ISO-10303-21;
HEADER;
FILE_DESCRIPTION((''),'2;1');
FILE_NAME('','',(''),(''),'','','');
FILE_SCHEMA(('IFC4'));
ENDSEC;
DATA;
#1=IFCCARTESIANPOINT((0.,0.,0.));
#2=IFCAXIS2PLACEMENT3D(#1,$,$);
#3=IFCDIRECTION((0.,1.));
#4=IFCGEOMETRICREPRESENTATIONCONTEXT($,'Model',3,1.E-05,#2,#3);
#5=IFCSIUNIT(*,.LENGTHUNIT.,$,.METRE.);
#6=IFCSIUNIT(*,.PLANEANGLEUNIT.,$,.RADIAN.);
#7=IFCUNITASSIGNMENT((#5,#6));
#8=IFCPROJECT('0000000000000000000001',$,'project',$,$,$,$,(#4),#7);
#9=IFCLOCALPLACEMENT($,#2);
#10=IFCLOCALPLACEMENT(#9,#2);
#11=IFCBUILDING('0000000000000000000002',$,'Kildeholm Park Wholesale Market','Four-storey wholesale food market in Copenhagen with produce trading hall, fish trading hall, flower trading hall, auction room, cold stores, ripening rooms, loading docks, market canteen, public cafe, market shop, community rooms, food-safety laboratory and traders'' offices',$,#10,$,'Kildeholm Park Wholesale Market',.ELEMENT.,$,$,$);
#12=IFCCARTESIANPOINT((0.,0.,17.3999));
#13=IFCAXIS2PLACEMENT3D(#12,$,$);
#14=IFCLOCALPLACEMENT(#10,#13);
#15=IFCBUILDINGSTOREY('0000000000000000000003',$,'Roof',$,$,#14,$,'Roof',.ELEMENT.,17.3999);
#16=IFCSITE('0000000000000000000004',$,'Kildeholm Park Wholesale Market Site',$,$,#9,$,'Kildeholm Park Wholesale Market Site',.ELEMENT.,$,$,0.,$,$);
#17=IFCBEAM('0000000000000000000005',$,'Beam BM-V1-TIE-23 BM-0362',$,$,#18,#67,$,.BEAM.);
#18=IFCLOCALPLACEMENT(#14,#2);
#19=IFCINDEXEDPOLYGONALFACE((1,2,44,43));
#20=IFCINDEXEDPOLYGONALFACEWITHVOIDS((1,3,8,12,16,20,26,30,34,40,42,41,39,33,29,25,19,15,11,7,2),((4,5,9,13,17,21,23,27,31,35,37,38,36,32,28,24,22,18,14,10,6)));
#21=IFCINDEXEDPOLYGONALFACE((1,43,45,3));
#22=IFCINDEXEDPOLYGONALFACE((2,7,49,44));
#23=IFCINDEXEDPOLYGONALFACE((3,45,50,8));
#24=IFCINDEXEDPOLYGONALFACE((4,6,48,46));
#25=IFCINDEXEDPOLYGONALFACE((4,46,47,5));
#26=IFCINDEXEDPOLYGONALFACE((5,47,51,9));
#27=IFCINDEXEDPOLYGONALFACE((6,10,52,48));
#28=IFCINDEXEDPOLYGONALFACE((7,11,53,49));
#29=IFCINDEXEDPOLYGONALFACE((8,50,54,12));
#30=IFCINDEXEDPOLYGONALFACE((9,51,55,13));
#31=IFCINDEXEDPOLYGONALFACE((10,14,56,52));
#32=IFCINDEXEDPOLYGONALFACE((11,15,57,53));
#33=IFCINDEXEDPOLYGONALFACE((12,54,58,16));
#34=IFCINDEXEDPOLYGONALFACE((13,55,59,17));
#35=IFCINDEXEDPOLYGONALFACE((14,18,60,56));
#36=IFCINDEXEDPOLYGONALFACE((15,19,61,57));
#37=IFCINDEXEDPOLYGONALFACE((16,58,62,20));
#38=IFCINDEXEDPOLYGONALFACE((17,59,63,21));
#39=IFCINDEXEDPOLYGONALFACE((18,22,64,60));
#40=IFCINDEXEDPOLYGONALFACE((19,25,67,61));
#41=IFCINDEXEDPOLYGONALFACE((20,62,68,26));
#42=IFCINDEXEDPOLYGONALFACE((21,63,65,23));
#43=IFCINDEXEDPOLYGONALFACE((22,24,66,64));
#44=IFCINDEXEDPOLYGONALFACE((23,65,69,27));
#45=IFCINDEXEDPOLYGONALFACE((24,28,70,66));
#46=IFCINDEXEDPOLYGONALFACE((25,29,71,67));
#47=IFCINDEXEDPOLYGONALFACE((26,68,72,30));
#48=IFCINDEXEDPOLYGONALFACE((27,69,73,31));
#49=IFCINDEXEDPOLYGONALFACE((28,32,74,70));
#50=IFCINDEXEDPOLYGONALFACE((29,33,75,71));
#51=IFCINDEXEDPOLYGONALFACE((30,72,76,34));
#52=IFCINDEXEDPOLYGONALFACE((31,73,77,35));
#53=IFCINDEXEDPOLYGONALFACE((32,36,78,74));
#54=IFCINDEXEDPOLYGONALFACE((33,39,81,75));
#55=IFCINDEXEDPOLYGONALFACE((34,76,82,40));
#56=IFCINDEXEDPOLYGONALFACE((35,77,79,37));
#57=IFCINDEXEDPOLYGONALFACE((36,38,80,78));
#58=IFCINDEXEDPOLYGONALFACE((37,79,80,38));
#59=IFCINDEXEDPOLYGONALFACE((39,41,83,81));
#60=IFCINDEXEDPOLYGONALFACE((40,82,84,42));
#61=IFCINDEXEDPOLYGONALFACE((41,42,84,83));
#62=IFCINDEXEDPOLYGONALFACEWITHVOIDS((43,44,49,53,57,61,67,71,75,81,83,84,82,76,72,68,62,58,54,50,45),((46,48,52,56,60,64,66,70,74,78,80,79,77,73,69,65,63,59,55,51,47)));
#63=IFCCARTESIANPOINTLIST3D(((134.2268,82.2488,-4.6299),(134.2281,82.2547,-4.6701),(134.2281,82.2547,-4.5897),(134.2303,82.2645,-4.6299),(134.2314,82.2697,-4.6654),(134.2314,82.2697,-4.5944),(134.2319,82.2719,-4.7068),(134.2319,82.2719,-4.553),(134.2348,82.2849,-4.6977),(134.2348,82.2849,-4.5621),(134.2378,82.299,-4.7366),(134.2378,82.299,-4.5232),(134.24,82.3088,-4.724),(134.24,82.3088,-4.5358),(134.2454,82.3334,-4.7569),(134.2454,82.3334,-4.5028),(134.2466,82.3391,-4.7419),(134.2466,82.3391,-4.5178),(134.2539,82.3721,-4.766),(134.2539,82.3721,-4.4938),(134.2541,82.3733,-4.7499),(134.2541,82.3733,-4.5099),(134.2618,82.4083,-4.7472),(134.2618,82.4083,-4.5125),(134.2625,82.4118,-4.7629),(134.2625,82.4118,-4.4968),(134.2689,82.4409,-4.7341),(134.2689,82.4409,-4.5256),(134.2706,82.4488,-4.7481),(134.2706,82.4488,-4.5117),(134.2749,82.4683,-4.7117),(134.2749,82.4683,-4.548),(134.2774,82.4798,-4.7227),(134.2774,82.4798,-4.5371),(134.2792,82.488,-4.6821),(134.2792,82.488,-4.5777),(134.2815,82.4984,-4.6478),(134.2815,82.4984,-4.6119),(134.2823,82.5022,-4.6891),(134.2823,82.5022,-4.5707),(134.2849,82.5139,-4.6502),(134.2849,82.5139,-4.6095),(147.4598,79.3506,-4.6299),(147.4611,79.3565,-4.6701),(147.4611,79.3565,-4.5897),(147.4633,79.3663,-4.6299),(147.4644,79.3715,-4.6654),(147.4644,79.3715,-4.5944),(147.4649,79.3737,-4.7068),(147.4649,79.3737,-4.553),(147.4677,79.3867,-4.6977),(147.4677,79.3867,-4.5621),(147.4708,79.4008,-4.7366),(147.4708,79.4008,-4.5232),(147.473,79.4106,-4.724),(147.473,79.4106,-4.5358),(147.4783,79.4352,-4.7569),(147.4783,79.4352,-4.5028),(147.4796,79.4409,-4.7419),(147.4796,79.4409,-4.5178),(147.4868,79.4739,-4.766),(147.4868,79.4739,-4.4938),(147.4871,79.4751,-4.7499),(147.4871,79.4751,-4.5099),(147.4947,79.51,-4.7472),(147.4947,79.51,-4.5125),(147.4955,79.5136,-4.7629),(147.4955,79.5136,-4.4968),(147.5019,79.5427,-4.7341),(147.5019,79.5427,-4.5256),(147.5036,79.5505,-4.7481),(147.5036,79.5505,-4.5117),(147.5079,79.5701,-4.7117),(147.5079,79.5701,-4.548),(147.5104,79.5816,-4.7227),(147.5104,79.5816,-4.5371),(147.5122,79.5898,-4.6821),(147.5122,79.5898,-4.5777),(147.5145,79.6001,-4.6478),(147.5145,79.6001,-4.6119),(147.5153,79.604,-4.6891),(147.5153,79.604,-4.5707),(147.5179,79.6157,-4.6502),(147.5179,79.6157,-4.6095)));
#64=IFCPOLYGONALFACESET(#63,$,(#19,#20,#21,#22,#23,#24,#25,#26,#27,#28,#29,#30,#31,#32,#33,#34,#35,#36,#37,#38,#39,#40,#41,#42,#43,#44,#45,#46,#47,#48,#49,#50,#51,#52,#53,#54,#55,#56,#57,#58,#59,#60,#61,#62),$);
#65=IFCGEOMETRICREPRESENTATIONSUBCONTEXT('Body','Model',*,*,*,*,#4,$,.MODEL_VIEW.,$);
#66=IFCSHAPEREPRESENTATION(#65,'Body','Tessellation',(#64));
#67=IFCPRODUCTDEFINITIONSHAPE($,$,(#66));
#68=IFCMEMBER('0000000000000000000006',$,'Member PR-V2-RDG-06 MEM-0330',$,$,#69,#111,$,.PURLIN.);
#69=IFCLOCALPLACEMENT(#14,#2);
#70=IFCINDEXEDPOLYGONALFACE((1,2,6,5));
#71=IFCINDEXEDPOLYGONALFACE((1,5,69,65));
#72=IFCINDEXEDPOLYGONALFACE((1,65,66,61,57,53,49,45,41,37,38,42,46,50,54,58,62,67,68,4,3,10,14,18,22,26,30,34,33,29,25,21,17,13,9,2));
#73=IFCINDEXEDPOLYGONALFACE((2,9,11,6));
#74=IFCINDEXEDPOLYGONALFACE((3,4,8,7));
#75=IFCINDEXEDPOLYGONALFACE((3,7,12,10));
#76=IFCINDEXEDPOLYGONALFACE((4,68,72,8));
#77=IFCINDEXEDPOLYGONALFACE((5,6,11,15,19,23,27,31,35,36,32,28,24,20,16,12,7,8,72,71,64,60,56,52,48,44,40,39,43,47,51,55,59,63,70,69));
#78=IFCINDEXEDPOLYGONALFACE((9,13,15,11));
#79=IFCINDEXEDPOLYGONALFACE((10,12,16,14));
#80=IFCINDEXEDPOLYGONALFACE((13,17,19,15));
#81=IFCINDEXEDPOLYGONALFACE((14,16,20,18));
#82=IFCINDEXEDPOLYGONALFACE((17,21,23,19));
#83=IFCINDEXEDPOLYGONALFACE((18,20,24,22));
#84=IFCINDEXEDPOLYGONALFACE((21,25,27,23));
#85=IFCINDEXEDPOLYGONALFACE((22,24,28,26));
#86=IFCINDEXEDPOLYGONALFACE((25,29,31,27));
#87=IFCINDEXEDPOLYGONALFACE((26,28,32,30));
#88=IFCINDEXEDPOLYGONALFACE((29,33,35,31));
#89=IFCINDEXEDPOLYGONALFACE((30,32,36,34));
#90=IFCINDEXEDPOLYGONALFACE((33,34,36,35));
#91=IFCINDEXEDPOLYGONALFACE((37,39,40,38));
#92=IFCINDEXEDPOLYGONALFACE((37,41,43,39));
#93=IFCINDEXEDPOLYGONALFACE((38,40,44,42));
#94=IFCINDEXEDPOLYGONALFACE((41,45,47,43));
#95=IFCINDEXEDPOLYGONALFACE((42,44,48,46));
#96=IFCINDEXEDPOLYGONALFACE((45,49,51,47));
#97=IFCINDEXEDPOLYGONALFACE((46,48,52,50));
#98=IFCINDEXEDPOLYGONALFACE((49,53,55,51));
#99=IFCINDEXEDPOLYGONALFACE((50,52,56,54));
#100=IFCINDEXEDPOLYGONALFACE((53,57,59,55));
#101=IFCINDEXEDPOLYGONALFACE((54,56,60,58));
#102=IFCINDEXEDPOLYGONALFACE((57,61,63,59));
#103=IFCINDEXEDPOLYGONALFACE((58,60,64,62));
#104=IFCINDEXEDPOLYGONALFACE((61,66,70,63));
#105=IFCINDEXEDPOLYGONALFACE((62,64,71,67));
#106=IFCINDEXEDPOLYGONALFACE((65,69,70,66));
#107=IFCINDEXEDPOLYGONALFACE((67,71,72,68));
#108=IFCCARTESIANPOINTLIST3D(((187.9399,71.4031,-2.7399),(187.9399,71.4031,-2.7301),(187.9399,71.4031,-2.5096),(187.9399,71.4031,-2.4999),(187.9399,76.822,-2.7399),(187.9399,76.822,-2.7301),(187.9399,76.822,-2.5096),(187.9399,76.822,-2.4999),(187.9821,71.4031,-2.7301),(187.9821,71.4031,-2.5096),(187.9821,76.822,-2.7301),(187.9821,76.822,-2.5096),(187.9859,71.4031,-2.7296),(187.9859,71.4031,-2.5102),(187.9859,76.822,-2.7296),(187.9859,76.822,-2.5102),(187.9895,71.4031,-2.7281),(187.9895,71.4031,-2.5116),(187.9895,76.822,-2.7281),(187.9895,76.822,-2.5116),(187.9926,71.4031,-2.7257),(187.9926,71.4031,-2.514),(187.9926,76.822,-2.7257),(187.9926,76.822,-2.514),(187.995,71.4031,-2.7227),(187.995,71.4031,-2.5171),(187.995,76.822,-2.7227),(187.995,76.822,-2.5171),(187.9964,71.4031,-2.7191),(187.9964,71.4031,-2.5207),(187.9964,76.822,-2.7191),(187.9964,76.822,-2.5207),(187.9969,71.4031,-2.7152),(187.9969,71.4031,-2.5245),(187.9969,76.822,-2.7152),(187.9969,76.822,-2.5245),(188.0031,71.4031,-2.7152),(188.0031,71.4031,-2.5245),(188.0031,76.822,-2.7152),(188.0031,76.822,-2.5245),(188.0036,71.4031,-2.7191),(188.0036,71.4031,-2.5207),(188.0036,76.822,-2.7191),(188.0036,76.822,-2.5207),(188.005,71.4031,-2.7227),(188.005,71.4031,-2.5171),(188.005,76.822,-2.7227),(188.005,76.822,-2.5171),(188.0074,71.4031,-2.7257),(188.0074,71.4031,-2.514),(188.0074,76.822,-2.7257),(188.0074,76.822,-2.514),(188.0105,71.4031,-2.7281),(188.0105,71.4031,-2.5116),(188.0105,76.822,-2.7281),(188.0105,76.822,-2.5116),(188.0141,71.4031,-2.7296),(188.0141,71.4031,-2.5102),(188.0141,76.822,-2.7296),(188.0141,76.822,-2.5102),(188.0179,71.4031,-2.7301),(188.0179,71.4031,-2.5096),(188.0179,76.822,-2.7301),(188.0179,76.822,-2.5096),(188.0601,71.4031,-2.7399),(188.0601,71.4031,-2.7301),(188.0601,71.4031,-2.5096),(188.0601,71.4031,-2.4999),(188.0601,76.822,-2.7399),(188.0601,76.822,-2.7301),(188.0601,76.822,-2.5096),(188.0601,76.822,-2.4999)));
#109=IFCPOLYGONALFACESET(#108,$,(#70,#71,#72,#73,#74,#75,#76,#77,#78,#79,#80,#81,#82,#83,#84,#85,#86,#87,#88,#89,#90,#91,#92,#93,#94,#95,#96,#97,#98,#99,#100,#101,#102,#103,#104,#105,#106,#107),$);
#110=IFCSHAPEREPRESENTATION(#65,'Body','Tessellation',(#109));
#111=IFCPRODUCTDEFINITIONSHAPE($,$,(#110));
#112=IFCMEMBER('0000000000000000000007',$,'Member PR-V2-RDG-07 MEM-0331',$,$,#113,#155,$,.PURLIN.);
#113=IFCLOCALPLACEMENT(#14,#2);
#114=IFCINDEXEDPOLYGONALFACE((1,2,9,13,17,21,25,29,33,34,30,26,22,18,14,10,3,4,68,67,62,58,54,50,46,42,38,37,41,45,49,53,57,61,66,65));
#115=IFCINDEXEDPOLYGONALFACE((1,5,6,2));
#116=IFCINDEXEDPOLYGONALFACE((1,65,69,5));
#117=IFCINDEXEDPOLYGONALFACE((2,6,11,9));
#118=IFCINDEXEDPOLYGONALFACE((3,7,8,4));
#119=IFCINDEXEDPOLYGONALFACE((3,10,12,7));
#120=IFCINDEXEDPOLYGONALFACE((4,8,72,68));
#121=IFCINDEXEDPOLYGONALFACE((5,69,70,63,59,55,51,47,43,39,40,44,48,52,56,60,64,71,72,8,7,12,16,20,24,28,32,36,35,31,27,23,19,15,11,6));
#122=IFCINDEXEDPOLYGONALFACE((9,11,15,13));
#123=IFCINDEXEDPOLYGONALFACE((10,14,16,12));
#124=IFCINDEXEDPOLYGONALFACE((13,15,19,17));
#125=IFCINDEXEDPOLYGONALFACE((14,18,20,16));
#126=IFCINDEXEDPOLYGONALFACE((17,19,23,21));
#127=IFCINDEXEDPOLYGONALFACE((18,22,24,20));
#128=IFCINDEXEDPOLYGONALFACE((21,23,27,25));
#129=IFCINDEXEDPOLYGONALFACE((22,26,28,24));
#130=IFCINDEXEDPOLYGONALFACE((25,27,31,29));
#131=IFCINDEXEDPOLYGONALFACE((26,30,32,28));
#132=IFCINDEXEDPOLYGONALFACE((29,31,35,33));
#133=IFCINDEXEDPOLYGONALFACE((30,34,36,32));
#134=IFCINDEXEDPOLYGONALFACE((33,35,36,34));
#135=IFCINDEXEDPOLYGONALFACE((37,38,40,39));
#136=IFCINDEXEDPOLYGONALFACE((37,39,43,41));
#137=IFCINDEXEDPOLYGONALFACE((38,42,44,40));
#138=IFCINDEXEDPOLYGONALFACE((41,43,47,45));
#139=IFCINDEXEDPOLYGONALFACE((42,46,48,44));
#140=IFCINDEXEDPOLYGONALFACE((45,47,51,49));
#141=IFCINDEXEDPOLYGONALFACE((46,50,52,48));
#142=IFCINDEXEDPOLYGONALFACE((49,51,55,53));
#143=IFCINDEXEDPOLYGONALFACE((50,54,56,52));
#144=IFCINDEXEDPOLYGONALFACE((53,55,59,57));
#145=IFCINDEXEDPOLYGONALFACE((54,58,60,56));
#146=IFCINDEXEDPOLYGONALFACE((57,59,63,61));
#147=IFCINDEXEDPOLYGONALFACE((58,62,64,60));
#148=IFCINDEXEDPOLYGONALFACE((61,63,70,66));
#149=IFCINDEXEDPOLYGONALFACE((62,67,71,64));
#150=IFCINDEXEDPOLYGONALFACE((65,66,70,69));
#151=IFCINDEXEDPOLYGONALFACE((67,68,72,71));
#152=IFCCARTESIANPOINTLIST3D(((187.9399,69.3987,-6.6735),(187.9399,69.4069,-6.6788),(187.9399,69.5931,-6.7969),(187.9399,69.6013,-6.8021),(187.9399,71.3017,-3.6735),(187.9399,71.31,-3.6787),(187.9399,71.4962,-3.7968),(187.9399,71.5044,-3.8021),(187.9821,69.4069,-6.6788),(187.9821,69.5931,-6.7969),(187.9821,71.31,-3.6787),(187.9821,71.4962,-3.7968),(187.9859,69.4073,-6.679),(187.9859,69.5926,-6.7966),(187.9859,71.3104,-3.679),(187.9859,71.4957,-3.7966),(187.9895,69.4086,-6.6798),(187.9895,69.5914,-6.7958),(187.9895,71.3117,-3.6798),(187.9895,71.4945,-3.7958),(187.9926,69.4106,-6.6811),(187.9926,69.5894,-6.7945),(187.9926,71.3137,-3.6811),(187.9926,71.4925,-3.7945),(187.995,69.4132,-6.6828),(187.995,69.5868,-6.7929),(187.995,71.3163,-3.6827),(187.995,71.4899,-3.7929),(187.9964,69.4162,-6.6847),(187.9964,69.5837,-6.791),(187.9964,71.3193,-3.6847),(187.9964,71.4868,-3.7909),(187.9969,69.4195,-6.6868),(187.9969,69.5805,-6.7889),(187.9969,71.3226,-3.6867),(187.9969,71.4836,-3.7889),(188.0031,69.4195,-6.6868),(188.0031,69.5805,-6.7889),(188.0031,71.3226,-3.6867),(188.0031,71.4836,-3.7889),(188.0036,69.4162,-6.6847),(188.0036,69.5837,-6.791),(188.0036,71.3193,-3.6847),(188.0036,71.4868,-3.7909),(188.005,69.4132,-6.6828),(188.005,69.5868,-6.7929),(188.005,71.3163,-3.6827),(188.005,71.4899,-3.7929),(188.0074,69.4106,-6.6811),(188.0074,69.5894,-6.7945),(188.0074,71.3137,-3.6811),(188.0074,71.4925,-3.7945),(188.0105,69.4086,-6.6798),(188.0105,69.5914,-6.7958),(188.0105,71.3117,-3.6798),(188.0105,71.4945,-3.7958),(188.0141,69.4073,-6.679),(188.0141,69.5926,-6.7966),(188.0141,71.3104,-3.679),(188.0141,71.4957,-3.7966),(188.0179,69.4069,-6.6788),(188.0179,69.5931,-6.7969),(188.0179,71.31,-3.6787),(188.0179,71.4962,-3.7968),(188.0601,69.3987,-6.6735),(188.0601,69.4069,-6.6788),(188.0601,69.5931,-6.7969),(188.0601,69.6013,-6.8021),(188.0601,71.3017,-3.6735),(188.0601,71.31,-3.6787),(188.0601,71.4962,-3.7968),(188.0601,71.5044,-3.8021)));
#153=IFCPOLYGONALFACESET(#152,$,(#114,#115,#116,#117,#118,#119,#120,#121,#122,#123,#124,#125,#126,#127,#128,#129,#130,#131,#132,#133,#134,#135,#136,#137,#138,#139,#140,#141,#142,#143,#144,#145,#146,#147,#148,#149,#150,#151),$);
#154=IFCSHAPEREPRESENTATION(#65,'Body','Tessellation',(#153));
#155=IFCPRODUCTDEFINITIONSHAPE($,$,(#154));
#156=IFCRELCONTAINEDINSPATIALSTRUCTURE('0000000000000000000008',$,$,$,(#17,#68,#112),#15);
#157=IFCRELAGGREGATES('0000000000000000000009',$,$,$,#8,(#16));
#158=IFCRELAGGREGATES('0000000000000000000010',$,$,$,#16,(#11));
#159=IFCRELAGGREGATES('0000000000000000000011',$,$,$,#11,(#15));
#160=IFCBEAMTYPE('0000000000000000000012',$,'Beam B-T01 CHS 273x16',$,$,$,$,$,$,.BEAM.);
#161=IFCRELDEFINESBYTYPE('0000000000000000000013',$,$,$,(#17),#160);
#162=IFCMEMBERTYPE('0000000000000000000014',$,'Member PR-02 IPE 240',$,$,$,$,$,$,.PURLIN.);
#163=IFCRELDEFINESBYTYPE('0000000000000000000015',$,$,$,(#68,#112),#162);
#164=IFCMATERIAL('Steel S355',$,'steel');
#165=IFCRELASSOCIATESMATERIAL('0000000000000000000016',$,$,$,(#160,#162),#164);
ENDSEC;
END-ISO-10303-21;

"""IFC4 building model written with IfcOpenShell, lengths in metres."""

from ifc_helpers import new_model, si_unit, direction, frame, origin, origin_2d, place, context, subcontext, project, spatial, hollow_circle, i_section, extrude, material, material_profile, profile_set, type_object, element, save


model = new_model("IFC4")

# Units and contexts
model_context = context("Model", 3, precision=1e-05, world=origin(), true_north=direction((0.0, 1.0)))
body_context = subcontext(model_context, "Body", "Model", "MODEL_VIEW")
ifc_project = project(units=[si_unit("LENGTHUNIT", "METRE"), si_unit("PLANEANGLEUNIT", "RADIAN")], contexts=[model_context])

# Site, building, storey
site_placement = place(None, origin())
site = spatial("IfcSite", under=ifc_project, at=site_placement, Name="Kildeholm Park Wholesale Market Site", LongName="Kildeholm Park Wholesale Market Site", CompositionType="ELEMENT", RefElevation=0.0)
building_placement = place(site_placement, origin())
building = spatial("IfcBuilding", under=site, at=building_placement, Name="Kildeholm Park Wholesale Market", Description="Four-storey wholesale food market in Copenhagen with produce trading hall, fish trading hall, flower trading hall, auction room, cold stores, ripening rooms, loading docks, market canteen, public cafe, market shop, community rooms, food-safety laboratory and traders' offices", LongName="Kildeholm Park Wholesale Market", CompositionType="ELEMENT")
storey_placement = place(building_placement, frame((0.0, 0.0, 17.3999)))
storey = spatial("IfcBuildingStorey", under=building, at=storey_placement, Name="Roof", LongName="Roof", CompositionType="ELEMENT", Elevation=17.3999)

# Beam
ifc_material_1 = material(Name="Steel S355", Category="steel")
ifc_material_profile_1 = material_profile(ifc_material_1, hollow_circle(Radius=0.1365, WallThickness=0.0161, at=origin_2d()), Name="CHS 273x16")
ifc_profile_set_1 = profile_set([ifc_material_profile_1], Name="Steel S355")
beam_type_1 = type_object("IfcBeamType", Name="Beam B-T01 CHS 273x16", PredefinedType="BEAM", material=ifc_profile_set_1)
beam_1_placement = place(storey_placement, frame((147.489, 79.4839, -4.6299), z_axis=(-0.976846, 0.213943, 0.0), x_axis=(-0.213943, -0.976846, 0.0)))
element("IfcBeam", 1, at=beam_1_placement, inside=storey, type_object=beam_type_1, Name="Beam BM-V1-TIE-23 BM-0362", PredefinedType="BEAM", context=body_context, shape_type="SweptSolid", body=[
    extrude(hollow_circle(Radius=0.1365, WallThickness=0.0161, at=origin_2d()), origin(), (0.0, 0.0, 1.0), 13.5466),
])

# Members
ifc_material_profile_2 = material_profile(ifc_material_1, i_section(OverallWidth=0.1201, OverallDepth=0.24, WebThickness=0.0061, FlangeThickness=0.0098, FilletRadius=0.0149, at=origin_2d()), Name="IPE 240")
ifc_profile_set_2 = profile_set([ifc_material_profile_2], Name="Steel S355")
member_type_1 = type_object("IfcMemberType", Name="Member PR-02 IPE 240", PredefinedType="PURLIN", material=ifc_profile_set_2)
member_1_placement = place(storey_placement, frame((188.0, 76.822, -2.6199), z_axis=(0.0, -1.0, 0.0), x_axis=(1.0, 0.0, 0.0)))
element("IfcMember", 2, at=member_1_placement, inside=storey, type_object=member_type_1, Name="Member PR-V2-RDG-06 MEM-0330", PredefinedType="PURLIN", context=body_context, shape_type="SweptSolid", body=[
    extrude(i_section(OverallWidth=0.1201, OverallDepth=0.24, WebThickness=0.0061, FlangeThickness=0.0098, FilletRadius=0.0149, at=origin_2d()), origin(), (0.0, 0.0, 1.0), 5.4189),
])
member_2_placement = place(storey_placement, frame((188.0, 71.4031, -3.7378), z_axis=(0.0, -0.53567, -0.844427), x_axis=(1.0, 0.0, 0.0)))
element("IfcMember", 3, at=member_2_placement, inside=storey, type_object=member_type_1, Name="Member PR-V2-RDG-07 MEM-0331", PredefinedType="PURLIN", context=body_context, shape_type="SweptSolid", body=[
    extrude(i_section(OverallWidth=0.1201, OverallDepth=0.24, WebThickness=0.0061, FlangeThickness=0.0098, FilletRadius=0.0149, at=origin_2d()), origin(), (0.0, 0.0, 1.0), 3.5527),
])

save(model, "model.ifc")
